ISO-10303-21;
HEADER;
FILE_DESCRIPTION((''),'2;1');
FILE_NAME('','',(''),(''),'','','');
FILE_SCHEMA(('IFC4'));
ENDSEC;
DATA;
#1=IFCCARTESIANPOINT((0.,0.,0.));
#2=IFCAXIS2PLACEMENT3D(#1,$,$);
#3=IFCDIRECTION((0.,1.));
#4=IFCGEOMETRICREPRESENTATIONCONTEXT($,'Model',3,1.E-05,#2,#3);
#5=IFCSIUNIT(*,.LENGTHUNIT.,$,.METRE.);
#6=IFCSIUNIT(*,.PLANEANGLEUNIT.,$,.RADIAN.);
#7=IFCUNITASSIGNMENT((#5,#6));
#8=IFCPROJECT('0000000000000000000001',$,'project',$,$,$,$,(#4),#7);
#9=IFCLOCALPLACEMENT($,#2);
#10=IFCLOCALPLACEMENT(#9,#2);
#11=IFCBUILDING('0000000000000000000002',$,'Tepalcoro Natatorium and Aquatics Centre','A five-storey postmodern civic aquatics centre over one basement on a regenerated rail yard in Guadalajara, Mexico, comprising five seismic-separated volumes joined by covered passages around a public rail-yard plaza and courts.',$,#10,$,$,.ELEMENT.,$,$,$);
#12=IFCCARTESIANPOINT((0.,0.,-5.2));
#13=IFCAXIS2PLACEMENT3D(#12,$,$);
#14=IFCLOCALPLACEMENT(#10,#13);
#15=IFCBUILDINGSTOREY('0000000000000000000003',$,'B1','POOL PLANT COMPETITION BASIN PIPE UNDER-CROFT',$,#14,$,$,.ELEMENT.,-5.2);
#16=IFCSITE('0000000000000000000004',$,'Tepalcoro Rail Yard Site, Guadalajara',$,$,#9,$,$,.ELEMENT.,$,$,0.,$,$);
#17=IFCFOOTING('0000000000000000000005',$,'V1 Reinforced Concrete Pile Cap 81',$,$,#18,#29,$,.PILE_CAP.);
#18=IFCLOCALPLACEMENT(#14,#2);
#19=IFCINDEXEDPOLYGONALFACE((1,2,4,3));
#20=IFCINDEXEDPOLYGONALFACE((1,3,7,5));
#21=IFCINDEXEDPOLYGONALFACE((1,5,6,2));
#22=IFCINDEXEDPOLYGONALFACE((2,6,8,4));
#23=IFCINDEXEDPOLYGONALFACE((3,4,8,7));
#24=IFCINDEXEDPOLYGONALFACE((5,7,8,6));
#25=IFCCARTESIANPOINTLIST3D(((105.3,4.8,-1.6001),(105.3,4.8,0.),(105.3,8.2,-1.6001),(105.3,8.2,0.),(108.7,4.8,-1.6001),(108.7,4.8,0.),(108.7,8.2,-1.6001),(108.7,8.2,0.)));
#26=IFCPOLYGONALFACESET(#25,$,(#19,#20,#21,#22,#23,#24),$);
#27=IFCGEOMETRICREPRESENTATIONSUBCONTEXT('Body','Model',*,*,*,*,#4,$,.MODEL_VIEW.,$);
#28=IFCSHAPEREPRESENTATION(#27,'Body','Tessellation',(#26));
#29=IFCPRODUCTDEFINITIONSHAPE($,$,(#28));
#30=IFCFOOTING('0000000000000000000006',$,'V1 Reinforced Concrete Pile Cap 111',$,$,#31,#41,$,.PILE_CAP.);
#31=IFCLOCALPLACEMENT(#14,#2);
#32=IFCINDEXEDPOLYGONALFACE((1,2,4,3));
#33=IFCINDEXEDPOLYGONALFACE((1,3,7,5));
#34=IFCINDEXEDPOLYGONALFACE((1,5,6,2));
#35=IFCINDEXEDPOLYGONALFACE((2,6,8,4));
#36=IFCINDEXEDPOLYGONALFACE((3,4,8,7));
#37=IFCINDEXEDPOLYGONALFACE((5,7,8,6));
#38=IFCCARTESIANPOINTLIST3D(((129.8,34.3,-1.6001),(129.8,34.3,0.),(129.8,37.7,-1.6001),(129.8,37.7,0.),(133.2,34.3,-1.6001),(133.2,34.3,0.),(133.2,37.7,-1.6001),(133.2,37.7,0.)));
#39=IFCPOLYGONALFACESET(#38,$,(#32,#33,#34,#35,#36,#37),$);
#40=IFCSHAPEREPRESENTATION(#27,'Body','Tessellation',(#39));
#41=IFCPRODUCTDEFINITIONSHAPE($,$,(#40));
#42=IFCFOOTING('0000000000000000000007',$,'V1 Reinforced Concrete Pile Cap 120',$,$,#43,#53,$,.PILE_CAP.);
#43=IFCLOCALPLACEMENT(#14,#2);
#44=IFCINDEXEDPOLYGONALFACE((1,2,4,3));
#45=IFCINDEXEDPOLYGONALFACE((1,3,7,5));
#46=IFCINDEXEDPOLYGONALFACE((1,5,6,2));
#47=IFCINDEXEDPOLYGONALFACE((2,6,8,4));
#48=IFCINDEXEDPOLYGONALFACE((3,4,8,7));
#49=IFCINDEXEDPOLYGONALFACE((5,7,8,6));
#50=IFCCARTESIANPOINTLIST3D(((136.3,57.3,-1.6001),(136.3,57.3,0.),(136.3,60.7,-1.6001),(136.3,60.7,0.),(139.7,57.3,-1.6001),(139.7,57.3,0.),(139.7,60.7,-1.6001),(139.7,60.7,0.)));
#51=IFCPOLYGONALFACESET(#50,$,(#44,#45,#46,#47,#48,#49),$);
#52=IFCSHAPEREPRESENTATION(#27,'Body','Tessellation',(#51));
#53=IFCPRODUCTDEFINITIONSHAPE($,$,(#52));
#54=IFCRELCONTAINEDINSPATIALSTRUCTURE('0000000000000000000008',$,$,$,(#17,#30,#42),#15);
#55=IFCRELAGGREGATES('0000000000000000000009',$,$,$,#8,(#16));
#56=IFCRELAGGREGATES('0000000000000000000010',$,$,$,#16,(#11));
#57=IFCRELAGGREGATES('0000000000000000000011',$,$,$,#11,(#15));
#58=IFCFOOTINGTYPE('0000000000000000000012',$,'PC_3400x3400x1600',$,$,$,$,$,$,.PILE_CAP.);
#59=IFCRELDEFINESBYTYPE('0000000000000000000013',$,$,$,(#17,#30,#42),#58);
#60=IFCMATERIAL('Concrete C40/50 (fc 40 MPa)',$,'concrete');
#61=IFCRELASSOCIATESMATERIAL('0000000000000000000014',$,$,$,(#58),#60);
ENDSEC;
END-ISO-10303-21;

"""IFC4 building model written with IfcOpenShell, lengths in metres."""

from ifc_helpers import new_model, si_unit, direction, frame, origin, place, context, subcontext, project, spatial, polyline, outline, extrude, material, type_object, element, save


model = new_model("IFC4")

# Units and contexts
model_context = context("Model", 3, precision=1e-05, world=origin(), true_north=direction((0.0, 1.0)))
body_context = subcontext(model_context, "Body", "Model", "MODEL_VIEW")
ifc_project = project(units=[si_unit("LENGTHUNIT", "METRE"), si_unit("PLANEANGLEUNIT", "RADIAN")], contexts=[model_context])

# Site, building, storey
site_placement = place(None, origin())
site = spatial("IfcSite", under=ifc_project, at=site_placement, Name="Tepalcoro Rail Yard Site, Guadalajara", CompositionType="ELEMENT", RefElevation=0.0)
building_placement = place(site_placement, origin())
building = spatial("IfcBuilding", under=site, at=building_placement, Name="Tepalcoro Natatorium and Aquatics Centre", Description="A five-storey postmodern civic aquatics centre over one basement on a regenerated rail yard in Guadalajara, Mexico, comprising five seismic-separated volumes joined by covered passages around a public rail-yard plaza and courts.", CompositionType="ELEMENT")
storey_placement = place(building_placement, frame((0.0, 0.0, -5.2)))
storey = spatial("IfcBuildingStorey", under=building, at=storey_placement, Name="B1", Description="POOL PLANT COMPETITION BASIN PIPE UNDER-CROFT", CompositionType="ELEMENT", Elevation=-5.2)

# Footings
ifc_material = material(Name="Concrete C40/50 (fc 40 MPa)", Category="concrete")
footing_type_1 = type_object("IfcFootingType", Name="PC_3400x3400x1600", PredefinedType="PILE_CAP", material=ifc_material)
footing_1_placement = place(storey_placement, frame((0.0, 0.0, -1.6001)))
element("IfcFooting", 1, at=footing_1_placement, inside=storey, type_object=footing_type_1, Name="V1 Reinforced Concrete Pile Cap 81", PredefinedType="PILE_CAP", context=body_context, shape_type="SweptSolid", body=[
    extrude(outline(polyline([(105.3, 4.8), (108.7, 4.8), (108.7, 8.2), (105.3, 8.2), (105.3, 4.8)])), origin(), (0.0, 0.0, 1.0), 1.6001),
])
footing_2_placement = place(storey_placement, frame((0.0, 0.0, -1.6001)))
element("IfcFooting", 2, at=footing_2_placement, inside=storey, type_object=footing_type_1, Name="V1 Reinforced Concrete Pile Cap 111", PredefinedType="PILE_CAP", context=body_context, shape_type="SweptSolid", body=[
    extrude(outline(polyline([(129.8, 34.3), (133.2, 34.3), (133.2, 37.7), (129.8, 37.7), (129.8, 34.3)])), origin(), (0.0, 0.0, 1.0), 1.6001),
])
footing_3_placement = place(storey_placement, frame((0.0, 0.0, -1.6001)))
element("IfcFooting", 3, at=footing_3_placement, inside=storey, type_object=footing_type_1, Name="V1 Reinforced Concrete Pile Cap 120", PredefinedType="PILE_CAP", context=body_context, shape_type="SweptSolid", body=[
    extrude(outline(polyline([(136.3, 57.3), (139.7, 57.3), (139.7, 60.7), (136.3, 60.7), (136.3, 57.3)])), origin(), (0.0, 0.0, 1.0), 1.6001),
])

save(model, "model.ifc")
